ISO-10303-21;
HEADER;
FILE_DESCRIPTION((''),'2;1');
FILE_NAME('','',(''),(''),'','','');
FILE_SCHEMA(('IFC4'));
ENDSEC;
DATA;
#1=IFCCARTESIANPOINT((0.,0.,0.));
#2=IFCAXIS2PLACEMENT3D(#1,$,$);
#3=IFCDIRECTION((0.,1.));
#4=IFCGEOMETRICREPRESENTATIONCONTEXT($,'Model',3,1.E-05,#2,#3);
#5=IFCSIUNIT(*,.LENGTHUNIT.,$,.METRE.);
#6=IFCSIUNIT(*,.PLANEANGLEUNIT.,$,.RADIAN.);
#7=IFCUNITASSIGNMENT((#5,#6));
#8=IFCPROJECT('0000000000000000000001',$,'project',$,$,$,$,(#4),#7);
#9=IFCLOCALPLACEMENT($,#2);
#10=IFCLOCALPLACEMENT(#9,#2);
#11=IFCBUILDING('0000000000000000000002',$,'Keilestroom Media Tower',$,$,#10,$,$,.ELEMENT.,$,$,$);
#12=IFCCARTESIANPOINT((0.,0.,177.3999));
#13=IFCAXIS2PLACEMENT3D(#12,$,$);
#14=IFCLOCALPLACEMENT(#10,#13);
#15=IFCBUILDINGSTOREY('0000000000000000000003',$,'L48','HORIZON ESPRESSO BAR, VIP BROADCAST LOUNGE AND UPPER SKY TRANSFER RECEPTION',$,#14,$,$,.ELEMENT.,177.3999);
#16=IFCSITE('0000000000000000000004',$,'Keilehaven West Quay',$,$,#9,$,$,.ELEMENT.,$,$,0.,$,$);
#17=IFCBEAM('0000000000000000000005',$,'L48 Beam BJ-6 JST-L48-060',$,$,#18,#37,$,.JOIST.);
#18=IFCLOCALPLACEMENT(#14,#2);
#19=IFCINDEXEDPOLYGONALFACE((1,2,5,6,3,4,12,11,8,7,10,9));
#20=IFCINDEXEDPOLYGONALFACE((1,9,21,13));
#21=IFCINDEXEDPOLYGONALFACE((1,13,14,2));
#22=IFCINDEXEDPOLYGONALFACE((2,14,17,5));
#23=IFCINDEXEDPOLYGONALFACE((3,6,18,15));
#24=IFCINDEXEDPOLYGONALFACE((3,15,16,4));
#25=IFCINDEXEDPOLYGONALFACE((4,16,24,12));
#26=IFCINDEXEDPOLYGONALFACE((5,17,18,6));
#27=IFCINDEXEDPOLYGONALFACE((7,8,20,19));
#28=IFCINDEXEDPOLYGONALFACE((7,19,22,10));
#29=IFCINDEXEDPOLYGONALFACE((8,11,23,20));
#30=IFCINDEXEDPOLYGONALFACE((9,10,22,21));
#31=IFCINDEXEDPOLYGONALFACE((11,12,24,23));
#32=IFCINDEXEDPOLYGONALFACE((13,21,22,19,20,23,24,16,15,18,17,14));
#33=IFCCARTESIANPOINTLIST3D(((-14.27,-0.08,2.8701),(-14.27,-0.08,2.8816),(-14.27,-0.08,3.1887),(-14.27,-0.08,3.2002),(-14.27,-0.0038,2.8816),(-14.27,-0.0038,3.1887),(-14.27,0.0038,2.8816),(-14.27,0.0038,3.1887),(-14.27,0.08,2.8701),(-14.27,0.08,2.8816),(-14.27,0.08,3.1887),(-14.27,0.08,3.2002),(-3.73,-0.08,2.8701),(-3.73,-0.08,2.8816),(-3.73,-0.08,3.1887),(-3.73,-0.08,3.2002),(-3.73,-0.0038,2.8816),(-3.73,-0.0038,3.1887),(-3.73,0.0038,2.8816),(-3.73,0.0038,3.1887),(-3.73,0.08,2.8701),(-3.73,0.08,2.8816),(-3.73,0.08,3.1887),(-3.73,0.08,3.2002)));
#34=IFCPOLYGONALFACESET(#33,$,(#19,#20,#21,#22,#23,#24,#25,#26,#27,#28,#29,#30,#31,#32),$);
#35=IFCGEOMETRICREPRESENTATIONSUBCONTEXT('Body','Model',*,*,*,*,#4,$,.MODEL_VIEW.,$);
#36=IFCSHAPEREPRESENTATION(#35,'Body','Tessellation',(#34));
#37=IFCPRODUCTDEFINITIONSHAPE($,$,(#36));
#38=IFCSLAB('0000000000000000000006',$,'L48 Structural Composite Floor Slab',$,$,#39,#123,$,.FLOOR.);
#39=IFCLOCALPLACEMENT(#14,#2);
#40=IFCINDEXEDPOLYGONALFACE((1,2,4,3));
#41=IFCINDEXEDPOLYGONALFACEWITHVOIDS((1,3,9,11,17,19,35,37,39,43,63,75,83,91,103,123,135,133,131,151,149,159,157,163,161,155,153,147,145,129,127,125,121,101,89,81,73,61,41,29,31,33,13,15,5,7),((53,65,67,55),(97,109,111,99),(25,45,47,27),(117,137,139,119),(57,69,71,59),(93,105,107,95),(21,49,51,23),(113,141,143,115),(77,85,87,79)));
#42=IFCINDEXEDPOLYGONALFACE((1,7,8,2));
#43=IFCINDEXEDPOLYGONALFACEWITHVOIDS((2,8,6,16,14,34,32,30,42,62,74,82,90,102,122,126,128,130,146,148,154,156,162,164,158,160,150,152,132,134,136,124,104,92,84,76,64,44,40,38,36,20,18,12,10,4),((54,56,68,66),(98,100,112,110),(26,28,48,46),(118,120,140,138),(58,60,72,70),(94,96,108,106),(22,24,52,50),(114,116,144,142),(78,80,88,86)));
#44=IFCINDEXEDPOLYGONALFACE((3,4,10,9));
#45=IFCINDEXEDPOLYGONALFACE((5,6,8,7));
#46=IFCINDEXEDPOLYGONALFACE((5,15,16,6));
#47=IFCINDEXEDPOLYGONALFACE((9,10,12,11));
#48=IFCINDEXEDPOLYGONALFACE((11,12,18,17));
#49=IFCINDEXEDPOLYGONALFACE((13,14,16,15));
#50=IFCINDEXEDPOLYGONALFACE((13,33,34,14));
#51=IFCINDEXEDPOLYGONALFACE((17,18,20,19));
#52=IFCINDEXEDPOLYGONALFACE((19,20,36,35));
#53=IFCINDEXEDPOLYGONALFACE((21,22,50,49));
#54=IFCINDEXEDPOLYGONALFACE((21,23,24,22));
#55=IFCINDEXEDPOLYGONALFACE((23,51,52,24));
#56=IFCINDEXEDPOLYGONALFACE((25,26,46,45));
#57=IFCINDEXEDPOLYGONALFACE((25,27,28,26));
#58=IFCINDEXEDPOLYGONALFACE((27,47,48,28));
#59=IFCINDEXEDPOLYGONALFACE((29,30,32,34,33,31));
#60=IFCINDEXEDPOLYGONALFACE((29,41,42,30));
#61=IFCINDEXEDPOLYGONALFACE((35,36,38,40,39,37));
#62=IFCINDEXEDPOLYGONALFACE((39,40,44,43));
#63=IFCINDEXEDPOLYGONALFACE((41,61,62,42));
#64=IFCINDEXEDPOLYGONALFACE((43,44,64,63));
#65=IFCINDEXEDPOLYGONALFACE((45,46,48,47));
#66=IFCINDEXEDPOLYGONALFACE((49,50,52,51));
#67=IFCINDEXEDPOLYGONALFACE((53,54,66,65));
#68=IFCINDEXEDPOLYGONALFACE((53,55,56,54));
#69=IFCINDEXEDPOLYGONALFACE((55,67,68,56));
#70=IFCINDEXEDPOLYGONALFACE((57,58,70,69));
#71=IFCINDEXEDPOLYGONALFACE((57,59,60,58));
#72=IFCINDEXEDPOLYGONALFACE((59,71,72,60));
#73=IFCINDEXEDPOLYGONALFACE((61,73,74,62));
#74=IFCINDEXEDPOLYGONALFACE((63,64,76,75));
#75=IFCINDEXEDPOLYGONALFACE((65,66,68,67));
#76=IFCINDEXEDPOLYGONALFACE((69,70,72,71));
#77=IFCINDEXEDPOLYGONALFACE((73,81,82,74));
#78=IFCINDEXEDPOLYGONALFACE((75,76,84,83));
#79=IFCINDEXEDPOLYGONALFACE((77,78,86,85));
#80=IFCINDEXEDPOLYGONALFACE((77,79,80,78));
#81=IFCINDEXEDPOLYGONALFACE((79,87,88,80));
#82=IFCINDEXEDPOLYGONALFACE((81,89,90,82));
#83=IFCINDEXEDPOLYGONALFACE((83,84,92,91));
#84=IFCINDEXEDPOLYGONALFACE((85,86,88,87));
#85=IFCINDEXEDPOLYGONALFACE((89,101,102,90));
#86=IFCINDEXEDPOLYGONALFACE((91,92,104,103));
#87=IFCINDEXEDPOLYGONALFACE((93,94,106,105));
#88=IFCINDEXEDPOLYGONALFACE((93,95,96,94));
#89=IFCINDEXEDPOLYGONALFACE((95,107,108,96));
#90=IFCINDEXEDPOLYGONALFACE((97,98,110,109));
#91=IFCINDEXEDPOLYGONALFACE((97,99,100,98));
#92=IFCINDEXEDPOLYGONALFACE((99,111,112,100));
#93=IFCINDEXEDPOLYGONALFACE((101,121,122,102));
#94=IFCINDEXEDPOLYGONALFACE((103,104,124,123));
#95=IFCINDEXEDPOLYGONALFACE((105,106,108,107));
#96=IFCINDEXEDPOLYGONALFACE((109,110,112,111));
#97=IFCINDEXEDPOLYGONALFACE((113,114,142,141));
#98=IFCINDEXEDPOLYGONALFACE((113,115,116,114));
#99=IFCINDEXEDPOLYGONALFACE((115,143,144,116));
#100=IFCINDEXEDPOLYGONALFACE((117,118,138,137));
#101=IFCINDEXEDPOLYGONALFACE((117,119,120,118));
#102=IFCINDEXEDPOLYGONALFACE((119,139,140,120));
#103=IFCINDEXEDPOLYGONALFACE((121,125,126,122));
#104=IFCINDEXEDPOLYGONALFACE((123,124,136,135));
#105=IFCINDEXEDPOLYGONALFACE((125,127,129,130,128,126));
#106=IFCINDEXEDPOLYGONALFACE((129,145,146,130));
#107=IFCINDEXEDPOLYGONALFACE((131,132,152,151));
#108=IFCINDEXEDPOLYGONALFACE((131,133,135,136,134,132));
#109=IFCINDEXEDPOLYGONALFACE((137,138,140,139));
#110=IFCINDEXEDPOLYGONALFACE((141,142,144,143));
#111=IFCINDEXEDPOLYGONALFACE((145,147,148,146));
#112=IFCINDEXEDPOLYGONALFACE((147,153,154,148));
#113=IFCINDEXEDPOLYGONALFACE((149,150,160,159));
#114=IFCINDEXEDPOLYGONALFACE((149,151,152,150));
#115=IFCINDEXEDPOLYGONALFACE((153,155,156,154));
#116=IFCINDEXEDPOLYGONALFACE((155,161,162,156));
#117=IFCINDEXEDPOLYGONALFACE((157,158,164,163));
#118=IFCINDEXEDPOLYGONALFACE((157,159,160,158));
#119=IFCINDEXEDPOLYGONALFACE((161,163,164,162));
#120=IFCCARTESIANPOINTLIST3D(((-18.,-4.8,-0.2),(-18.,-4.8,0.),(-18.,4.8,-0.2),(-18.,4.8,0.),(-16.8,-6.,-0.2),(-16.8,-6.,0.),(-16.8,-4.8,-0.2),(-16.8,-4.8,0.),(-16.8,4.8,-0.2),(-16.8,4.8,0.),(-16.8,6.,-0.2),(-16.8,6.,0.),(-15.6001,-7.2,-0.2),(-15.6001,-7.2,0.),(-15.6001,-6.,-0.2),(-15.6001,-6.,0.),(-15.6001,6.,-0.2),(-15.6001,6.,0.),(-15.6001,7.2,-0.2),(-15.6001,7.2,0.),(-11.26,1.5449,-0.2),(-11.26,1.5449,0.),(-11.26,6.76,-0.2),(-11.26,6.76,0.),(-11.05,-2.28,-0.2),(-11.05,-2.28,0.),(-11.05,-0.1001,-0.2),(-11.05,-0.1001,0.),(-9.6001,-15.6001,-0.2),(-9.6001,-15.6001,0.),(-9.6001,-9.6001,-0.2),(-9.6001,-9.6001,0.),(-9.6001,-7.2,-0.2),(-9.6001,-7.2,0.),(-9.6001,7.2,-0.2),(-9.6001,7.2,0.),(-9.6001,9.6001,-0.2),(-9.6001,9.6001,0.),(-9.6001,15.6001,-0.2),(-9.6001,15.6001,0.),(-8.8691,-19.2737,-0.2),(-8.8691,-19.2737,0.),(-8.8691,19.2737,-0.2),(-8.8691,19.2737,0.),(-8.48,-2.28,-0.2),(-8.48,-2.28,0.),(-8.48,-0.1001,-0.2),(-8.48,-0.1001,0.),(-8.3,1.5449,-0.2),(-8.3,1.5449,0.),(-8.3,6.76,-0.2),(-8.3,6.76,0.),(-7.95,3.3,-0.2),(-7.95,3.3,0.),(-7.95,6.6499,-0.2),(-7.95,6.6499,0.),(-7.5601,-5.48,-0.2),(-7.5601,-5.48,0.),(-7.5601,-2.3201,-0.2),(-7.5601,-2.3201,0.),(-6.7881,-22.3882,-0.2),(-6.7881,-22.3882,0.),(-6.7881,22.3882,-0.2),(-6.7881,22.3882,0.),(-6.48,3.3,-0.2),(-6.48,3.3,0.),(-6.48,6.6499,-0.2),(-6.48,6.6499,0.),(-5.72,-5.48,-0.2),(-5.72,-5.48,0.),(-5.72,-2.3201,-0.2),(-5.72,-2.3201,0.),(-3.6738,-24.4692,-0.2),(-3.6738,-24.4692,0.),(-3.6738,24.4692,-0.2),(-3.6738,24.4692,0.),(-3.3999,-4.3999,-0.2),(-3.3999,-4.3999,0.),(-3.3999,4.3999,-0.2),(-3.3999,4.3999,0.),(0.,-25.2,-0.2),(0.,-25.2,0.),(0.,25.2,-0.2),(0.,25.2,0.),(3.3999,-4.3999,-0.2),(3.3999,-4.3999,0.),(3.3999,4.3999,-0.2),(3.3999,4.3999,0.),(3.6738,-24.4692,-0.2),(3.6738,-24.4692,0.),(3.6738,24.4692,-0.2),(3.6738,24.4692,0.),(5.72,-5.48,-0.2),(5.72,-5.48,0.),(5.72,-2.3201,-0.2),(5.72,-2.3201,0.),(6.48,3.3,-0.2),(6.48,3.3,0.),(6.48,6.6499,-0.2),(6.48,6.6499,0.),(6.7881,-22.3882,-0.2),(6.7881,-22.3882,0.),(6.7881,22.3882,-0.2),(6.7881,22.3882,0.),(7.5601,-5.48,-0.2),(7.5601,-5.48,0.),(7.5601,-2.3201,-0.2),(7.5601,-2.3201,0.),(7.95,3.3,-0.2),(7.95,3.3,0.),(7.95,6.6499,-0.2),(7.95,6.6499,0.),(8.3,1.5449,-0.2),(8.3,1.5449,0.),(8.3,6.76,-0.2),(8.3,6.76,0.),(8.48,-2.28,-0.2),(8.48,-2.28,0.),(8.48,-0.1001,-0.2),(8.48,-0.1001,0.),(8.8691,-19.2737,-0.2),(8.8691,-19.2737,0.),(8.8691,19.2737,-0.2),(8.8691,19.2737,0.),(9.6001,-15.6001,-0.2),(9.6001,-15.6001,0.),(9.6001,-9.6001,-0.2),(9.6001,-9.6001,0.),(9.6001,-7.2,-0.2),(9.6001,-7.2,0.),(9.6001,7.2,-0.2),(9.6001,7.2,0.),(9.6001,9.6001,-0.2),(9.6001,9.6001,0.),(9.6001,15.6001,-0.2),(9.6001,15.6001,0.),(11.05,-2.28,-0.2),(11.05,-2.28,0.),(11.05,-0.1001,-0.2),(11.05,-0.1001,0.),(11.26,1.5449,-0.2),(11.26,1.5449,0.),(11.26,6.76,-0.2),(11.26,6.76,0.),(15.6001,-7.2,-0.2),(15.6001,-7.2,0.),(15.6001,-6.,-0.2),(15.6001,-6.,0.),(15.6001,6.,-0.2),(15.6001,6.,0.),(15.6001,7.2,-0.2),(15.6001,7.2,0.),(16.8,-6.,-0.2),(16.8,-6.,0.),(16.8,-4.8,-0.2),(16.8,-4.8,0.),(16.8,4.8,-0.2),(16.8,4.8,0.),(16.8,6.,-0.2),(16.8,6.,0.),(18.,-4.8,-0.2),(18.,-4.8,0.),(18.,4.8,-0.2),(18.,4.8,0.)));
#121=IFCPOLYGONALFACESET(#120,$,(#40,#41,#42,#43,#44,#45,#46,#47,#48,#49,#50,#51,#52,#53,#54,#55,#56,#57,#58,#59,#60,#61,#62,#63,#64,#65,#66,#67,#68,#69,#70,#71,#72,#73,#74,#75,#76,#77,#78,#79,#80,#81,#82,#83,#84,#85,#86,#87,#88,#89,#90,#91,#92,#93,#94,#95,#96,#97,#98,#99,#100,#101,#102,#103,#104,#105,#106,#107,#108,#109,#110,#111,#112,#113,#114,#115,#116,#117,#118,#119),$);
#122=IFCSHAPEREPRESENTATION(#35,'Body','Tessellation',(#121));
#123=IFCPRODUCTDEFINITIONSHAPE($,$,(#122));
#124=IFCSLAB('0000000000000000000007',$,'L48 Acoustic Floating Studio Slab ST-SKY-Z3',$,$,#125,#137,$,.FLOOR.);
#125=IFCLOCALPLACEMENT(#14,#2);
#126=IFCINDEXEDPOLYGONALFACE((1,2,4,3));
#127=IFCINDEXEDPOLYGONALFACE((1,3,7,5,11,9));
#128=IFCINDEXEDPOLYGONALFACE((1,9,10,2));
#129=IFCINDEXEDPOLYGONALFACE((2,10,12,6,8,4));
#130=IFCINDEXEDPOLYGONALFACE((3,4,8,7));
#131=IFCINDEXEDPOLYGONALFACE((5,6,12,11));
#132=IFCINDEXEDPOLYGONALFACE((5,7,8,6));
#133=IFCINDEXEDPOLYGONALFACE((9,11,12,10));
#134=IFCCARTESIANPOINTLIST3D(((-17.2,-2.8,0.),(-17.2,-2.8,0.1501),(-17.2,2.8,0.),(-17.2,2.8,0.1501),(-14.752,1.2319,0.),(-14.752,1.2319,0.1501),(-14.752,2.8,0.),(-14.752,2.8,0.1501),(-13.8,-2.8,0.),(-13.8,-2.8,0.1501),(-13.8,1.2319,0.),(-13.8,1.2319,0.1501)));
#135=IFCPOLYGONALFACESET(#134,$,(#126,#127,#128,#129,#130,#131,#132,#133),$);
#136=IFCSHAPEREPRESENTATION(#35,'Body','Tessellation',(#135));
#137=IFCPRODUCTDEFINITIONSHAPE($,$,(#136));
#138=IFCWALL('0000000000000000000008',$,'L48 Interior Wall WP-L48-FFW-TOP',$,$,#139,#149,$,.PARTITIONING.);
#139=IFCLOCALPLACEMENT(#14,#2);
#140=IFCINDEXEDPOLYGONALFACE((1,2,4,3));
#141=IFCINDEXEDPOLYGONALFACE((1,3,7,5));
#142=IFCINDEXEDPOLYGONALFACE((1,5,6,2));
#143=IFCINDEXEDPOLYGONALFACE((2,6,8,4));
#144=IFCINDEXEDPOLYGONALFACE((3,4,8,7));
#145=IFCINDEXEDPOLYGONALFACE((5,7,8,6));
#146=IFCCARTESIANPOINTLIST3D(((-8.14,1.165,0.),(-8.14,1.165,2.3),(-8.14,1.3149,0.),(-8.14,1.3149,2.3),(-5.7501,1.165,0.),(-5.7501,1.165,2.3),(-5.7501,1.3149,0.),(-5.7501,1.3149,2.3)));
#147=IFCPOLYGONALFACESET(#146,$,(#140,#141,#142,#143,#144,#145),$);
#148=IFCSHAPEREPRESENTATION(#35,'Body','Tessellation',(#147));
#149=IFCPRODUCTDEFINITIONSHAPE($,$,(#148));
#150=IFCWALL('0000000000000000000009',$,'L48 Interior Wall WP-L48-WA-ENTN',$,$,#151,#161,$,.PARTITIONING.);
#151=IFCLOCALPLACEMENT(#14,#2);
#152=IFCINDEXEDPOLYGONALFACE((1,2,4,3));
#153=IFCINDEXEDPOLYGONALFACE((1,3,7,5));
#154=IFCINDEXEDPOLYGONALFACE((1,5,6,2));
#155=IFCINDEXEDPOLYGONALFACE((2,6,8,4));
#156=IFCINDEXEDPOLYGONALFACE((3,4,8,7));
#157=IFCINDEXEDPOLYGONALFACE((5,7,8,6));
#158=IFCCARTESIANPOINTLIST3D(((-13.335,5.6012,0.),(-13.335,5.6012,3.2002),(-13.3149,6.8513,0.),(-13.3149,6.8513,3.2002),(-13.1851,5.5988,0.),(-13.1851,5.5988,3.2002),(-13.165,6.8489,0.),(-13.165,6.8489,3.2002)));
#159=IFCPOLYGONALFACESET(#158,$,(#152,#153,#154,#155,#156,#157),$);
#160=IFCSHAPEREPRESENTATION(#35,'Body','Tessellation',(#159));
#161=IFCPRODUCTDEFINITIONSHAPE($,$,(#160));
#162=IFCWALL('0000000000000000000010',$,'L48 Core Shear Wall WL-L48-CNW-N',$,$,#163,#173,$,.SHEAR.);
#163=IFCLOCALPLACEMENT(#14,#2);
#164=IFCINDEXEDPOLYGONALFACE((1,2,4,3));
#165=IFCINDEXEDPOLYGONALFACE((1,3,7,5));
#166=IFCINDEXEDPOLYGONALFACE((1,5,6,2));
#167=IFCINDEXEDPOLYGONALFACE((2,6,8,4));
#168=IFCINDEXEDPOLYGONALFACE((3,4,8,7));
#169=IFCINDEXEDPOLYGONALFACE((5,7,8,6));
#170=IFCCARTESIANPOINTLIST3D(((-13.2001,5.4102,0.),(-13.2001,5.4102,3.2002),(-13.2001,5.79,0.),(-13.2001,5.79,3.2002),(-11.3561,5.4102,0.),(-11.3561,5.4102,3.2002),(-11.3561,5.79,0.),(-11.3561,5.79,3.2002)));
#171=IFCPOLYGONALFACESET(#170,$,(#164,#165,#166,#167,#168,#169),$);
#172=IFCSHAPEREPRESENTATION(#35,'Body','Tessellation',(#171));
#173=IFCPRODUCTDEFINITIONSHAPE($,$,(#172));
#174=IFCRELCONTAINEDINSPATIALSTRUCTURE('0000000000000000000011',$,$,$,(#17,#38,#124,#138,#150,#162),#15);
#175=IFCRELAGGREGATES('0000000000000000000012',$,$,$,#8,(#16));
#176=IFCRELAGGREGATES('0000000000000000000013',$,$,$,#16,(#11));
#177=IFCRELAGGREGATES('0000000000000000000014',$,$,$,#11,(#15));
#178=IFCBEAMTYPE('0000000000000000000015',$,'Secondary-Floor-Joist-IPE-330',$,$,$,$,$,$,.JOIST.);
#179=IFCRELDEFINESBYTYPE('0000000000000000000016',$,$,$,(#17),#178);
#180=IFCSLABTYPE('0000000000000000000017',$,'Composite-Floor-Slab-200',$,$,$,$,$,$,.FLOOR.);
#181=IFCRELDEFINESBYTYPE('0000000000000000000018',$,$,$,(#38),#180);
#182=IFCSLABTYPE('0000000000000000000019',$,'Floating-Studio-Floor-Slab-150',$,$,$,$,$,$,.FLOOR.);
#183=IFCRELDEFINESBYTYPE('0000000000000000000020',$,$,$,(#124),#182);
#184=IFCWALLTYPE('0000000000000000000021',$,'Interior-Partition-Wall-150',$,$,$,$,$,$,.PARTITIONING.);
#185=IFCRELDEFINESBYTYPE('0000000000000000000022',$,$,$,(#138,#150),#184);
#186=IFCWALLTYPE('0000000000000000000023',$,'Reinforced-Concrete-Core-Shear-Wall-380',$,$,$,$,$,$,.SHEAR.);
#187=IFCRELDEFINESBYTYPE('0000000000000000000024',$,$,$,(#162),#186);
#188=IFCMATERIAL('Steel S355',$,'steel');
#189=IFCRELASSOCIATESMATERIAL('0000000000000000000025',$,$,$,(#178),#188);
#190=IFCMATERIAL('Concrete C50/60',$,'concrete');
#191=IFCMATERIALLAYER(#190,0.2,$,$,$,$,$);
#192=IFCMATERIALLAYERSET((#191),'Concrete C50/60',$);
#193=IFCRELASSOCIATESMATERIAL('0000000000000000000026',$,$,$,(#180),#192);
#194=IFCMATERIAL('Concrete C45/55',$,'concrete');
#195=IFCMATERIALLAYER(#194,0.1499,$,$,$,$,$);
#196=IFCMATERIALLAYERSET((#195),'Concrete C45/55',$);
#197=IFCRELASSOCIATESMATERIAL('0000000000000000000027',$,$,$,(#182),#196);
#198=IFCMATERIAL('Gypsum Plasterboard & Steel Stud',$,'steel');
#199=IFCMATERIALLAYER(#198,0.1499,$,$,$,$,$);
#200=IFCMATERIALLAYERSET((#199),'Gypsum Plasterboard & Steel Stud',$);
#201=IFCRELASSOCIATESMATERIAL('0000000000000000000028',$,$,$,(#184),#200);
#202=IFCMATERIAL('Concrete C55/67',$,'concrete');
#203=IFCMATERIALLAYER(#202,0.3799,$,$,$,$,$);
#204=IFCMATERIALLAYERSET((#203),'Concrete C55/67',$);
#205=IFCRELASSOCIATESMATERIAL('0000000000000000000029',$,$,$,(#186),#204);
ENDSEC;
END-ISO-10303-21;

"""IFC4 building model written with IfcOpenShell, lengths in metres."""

from ifc_helpers import new_model, si_unit, direction, frame, frame_2d, origin, origin_2d, place, context, subcontext, project, spatial, polyline, rectangle, i_section, outline, extrude, source, transform, mapped, material, layer, layer_set, material_profile, profile_set, type_object, element, save


model = new_model("IFC4")

# Units and contexts
model_context = context("Model", 3, precision=1e-05, world=origin(), true_north=direction((0.0, 1.0)))
body_context = subcontext(model_context, "Body", "Model", "MODEL_VIEW")
ifc_project = project(units=[si_unit("LENGTHUNIT", "METRE"), si_unit("PLANEANGLEUNIT", "RADIAN")], contexts=[model_context])

# Site, building, storey
site_placement = place(None, origin())
site = spatial("IfcSite", under=ifc_project, at=site_placement, Name="Keilehaven West Quay", CompositionType="ELEMENT", RefElevation=0.0)
building_placement = place(site_placement, origin())
building = spatial("IfcBuilding", under=site, at=building_placement, Name="Keilestroom Media Tower", CompositionType="ELEMENT")
storey_placement = place(building_placement, frame((0.0, 0.0, 177.3999)))
storey = spatial("IfcBuildingStorey", under=building, at=storey_placement, Name="L48", Description="HORIZON ESPRESSO BAR, VIP BROADCAST LOUNGE AND UPPER SKY TRANSFER RECEPTION", CompositionType="ELEMENT", Elevation=177.3999)

# Beam
ifc_material_1 = material(Name="Steel S355", Category="steel")
ifc_material_profile = material_profile(ifc_material_1, i_section(OverallWidth=0.1599, OverallDepth=0.3301, WebThickness=0.0076, FlangeThickness=0.0115, at=origin_2d()), Name="IPE 330")
ifc_profile_set = profile_set([ifc_material_profile], Name="Steel S355")
beam_type = type_object("IfcBeamType", Name="Secondary-Floor-Joist-IPE-330", PredefinedType="JOIST", material=ifc_profile_set)
shared_shape_1 = source(origin(), body_context, "Body", "SweptSolid", [
    extrude(i_section(OverallWidth=0.1599, OverallDepth=0.3301, WebThickness=0.0076, FlangeThickness=0.0115, at=origin_2d()), origin(), (0.0, 0.0, 1.0), 10.54),
])
beam_placement = place(storey_placement, frame((-14.27, 0.0, 3.0352), z_axis=(1.0, 0.0, 0.0), x_axis=(0.0, 1.0, 0.0)))
element("IfcBeam", 1, at=beam_placement, inside=storey, type_object=beam_type, Name="L48 Beam BJ-6 JST-L48-060", PredefinedType="JOIST", context=body_context, shape_type="MappedRepresentation", body=[
    mapped(shared_shape_1, transform((0.0, 0.0, 0.0), x_axis=(1.0, 0.0, 0.0), y_axis=(0.0, 1.0, 0.0), z_axis=(0.0, 0.0, 1.0), scale=1.0)),
])

# Slabs
ifc_material_2 = material(Name="Concrete C50/60", Category="concrete")
ifc_layer_1 = layer(ifc_material_2, 0.2)
ifc_layer_set_1 = layer_set([ifc_layer_1], Name="Concrete C50/60")
slab_type_1 = type_object("IfcSlabType", Name="Composite-Floor-Slab-200", PredefinedType="FLOOR", material=ifc_layer_set_1)
slab_1_placement = place(storey_placement, frame((0.0, 0.0, -0.2)))
element("IfcSlab", 2, at=slab_1_placement, inside=storey, type_object=slab_type_1, Name="L48 Structural Composite Floor Slab", PredefinedType="FLOOR", context=body_context, shape_type="SweptSolid", body=[
    extrude(outline(polyline([(18.0, -4.8), (18.0, 4.8), (16.8, 4.8), (16.8, 6.0), (15.6001, 6.0), (15.6001, 7.2), (9.6001, 7.2), (9.6001, 9.6001), (9.6001, 15.6001), (8.8691, 19.2737), (6.7881, 22.3882), (3.6738, 24.4692), (0.0, 25.2), (-3.6738, 24.4692), (-6.7881, 22.3882), (-8.8691, 19.2737), (-9.6001, 15.6001), (-9.6001, 9.6001), (-9.6001, 7.2), (-15.6001, 7.2), (-15.6001, 6.0), (-16.8, 6.0), (-16.8, 4.8), (-18.0, 4.8), (-18.0, -4.8), (-16.8, -4.8), (-16.8, -6.0), (-15.6001, -6.0), (-15.6001, -7.2), (-9.6001, -7.2), (-9.6001, -9.6001), (-9.6001, -15.6001), (-8.8691, -19.2737), (-6.7881, -22.3882), (-3.6738, -24.4692), (0.0, -25.2), (3.6738, -24.4692), (6.7881, -22.3882), (8.8691, -19.2737), (9.6001, -15.6001), (9.6001, -9.6001), (9.6001, -7.2), (15.6001, -7.2), (15.6001, -6.0), (16.8, -6.0), (16.8, -4.8), (18.0, -4.8)]), holes=[polyline([(-11.26, 1.5449), (-11.26, 6.76), (-8.3, 6.76), (-8.3, 1.5449), (-11.26, 1.5449)]), polyline([(-11.05, -2.28), (-11.05, -0.1001), (-8.48, -0.1001), (-8.48, -2.28), (-11.05, -2.28)]), polyline([(-7.95, 3.3), (-7.95, 6.6499), (-6.48, 6.6499), (-6.48, 3.3), (-7.95, 3.3)]), polyline([(-7.5601, -2.3201), (-5.72, -2.3201), (-5.72, -5.48), (-7.5601, -5.48), (-7.5601, -2.3201)]), polyline([(3.3999, -4.3999), (-3.3999, -4.3999), (-3.3999, 4.3999), (3.3999, 4.3999), (3.3999, -4.3999)]), polyline([(7.5601, -2.3201), (7.5601, -5.48), (5.72, -5.48), (5.72, -2.3201), (7.5601, -2.3201)]), polyline([(6.48, 3.3), (6.48, 6.6499), (7.95, 6.6499), (7.95, 3.3), (6.48, 3.3)]), polyline([(8.3, 1.5449), (8.3, 6.76), (11.26, 6.76), (11.26, 1.5449), (8.3, 1.5449)]), polyline([(8.48, -2.28), (8.48, -0.1001), (11.05, -0.1001), (11.05, -2.28), (8.48, -2.28)])]), origin(), (0.0, 0.0, 1.0), 0.2),
])
ifc_material_3 = material(Name="Concrete C45/55", Category="concrete")
ifc_layer_2 = layer(ifc_material_3, 0.1499)
ifc_layer_set_2 = layer_set([ifc_layer_2], Name="Concrete C45/55")
slab_type_2 = type_object("IfcSlabType", Name="Floating-Studio-Floor-Slab-150", PredefinedType="FLOOR", material=ifc_layer_set_2)
slab_2_placement = place(storey_placement, origin())
element("IfcSlab", 3, at=slab_2_placement, inside=storey, type_object=slab_type_2, Name="L48 Acoustic Floating Studio Slab ST-SKY-Z3", PredefinedType="FLOOR", context=body_context, shape_type="SweptSolid", body=[
    extrude(outline(polyline([(-17.2, -2.8), (-13.8, -2.8), (-13.8, 1.2319), (-14.752, 1.2319), (-14.752, 2.8), (-17.2, 2.8), (-17.2, -2.8)])), origin(), (0.0, 0.0, 1.0), 0.1501),
])

# Walls
ifc_material_4 = material(Name="Gypsum Plasterboard & Steel Stud", Category="steel")
ifc_layer_3 = layer(ifc_material_4, 0.1499)
ifc_layer_set_3 = layer_set([ifc_layer_3], Name="Gypsum Plasterboard & Steel Stud")
wall_type_1 = type_object("IfcWallType", Name="Interior-Partition-Wall-150", PredefinedType="PARTITIONING", material=ifc_layer_set_3)
wall_1_placement = place(storey_placement, frame((-8.1399, 1.24, 0.0), z_axis=(0.0, 0.0, 1.0), x_axis=(1.0, 0.0, 0.0)))
element("IfcWall", 4, at=wall_1_placement, inside=storey, type_object=wall_type_1, Name="L48 Interior Wall WP-L48-FFW-TOP", PredefinedType="PARTITIONING", context=body_context, shape_type="SweptSolid", body=[
    extrude(rectangle(XDim=2.3899, YDim=0.1499, at=frame_2d((1.1948, 0.0))), origin(), (0.0, 0.0, 1.0), 2.3),
])
wall_2_placement = place(storey_placement, frame((-13.26, 5.6001, 0.0), z_axis=(0.0, 0.0, 1.0), x_axis=(0.016014, 0.999872, 0.0)))
element("IfcWall", 5, at=wall_2_placement, inside=storey, type_object=wall_type_1, Name="L48 Interior Wall WP-L48-WA-ENTN", PredefinedType="PARTITIONING", context=body_context, shape_type="SweptSolid", body=[
    extrude(rectangle(XDim=1.2502, YDim=0.1499, at=frame_2d((0.625, 0.0))), origin(), (0.0, 0.0, 1.0), 3.2002),
])
ifc_material_5 = material(Name="Concrete C55/67", Category="concrete")
ifc_layer_4 = layer(ifc_material_5, 0.3799)
ifc_layer_set_4 = layer_set([ifc_layer_4], Name="Concrete C55/67")
wall_type_2 = type_object("IfcWallType", Name="Reinforced-Concrete-Core-Shear-Wall-380", PredefinedType="SHEAR", material=ifc_layer_set_4)
wall_3_placement = place(storey_placement, frame((-13.2, 5.6001, 0.0), z_axis=(0.0, 0.0, 1.0), x_axis=(1.0, 0.0, 0.0)))
element("IfcWall", 6, at=wall_3_placement, inside=storey, type_object=wall_type_2, Name="L48 Core Shear Wall WL-L48-CNW-N", PredefinedType="SHEAR", context=body_context, shape_type="SweptSolid", body=[
    extrude(rectangle(XDim=1.844, YDim=0.3799, at=frame_2d((0.9219, 0.0))), origin(), (0.0, 0.0, 1.0), 3.2002),
])

save(model, "model.ifc")
